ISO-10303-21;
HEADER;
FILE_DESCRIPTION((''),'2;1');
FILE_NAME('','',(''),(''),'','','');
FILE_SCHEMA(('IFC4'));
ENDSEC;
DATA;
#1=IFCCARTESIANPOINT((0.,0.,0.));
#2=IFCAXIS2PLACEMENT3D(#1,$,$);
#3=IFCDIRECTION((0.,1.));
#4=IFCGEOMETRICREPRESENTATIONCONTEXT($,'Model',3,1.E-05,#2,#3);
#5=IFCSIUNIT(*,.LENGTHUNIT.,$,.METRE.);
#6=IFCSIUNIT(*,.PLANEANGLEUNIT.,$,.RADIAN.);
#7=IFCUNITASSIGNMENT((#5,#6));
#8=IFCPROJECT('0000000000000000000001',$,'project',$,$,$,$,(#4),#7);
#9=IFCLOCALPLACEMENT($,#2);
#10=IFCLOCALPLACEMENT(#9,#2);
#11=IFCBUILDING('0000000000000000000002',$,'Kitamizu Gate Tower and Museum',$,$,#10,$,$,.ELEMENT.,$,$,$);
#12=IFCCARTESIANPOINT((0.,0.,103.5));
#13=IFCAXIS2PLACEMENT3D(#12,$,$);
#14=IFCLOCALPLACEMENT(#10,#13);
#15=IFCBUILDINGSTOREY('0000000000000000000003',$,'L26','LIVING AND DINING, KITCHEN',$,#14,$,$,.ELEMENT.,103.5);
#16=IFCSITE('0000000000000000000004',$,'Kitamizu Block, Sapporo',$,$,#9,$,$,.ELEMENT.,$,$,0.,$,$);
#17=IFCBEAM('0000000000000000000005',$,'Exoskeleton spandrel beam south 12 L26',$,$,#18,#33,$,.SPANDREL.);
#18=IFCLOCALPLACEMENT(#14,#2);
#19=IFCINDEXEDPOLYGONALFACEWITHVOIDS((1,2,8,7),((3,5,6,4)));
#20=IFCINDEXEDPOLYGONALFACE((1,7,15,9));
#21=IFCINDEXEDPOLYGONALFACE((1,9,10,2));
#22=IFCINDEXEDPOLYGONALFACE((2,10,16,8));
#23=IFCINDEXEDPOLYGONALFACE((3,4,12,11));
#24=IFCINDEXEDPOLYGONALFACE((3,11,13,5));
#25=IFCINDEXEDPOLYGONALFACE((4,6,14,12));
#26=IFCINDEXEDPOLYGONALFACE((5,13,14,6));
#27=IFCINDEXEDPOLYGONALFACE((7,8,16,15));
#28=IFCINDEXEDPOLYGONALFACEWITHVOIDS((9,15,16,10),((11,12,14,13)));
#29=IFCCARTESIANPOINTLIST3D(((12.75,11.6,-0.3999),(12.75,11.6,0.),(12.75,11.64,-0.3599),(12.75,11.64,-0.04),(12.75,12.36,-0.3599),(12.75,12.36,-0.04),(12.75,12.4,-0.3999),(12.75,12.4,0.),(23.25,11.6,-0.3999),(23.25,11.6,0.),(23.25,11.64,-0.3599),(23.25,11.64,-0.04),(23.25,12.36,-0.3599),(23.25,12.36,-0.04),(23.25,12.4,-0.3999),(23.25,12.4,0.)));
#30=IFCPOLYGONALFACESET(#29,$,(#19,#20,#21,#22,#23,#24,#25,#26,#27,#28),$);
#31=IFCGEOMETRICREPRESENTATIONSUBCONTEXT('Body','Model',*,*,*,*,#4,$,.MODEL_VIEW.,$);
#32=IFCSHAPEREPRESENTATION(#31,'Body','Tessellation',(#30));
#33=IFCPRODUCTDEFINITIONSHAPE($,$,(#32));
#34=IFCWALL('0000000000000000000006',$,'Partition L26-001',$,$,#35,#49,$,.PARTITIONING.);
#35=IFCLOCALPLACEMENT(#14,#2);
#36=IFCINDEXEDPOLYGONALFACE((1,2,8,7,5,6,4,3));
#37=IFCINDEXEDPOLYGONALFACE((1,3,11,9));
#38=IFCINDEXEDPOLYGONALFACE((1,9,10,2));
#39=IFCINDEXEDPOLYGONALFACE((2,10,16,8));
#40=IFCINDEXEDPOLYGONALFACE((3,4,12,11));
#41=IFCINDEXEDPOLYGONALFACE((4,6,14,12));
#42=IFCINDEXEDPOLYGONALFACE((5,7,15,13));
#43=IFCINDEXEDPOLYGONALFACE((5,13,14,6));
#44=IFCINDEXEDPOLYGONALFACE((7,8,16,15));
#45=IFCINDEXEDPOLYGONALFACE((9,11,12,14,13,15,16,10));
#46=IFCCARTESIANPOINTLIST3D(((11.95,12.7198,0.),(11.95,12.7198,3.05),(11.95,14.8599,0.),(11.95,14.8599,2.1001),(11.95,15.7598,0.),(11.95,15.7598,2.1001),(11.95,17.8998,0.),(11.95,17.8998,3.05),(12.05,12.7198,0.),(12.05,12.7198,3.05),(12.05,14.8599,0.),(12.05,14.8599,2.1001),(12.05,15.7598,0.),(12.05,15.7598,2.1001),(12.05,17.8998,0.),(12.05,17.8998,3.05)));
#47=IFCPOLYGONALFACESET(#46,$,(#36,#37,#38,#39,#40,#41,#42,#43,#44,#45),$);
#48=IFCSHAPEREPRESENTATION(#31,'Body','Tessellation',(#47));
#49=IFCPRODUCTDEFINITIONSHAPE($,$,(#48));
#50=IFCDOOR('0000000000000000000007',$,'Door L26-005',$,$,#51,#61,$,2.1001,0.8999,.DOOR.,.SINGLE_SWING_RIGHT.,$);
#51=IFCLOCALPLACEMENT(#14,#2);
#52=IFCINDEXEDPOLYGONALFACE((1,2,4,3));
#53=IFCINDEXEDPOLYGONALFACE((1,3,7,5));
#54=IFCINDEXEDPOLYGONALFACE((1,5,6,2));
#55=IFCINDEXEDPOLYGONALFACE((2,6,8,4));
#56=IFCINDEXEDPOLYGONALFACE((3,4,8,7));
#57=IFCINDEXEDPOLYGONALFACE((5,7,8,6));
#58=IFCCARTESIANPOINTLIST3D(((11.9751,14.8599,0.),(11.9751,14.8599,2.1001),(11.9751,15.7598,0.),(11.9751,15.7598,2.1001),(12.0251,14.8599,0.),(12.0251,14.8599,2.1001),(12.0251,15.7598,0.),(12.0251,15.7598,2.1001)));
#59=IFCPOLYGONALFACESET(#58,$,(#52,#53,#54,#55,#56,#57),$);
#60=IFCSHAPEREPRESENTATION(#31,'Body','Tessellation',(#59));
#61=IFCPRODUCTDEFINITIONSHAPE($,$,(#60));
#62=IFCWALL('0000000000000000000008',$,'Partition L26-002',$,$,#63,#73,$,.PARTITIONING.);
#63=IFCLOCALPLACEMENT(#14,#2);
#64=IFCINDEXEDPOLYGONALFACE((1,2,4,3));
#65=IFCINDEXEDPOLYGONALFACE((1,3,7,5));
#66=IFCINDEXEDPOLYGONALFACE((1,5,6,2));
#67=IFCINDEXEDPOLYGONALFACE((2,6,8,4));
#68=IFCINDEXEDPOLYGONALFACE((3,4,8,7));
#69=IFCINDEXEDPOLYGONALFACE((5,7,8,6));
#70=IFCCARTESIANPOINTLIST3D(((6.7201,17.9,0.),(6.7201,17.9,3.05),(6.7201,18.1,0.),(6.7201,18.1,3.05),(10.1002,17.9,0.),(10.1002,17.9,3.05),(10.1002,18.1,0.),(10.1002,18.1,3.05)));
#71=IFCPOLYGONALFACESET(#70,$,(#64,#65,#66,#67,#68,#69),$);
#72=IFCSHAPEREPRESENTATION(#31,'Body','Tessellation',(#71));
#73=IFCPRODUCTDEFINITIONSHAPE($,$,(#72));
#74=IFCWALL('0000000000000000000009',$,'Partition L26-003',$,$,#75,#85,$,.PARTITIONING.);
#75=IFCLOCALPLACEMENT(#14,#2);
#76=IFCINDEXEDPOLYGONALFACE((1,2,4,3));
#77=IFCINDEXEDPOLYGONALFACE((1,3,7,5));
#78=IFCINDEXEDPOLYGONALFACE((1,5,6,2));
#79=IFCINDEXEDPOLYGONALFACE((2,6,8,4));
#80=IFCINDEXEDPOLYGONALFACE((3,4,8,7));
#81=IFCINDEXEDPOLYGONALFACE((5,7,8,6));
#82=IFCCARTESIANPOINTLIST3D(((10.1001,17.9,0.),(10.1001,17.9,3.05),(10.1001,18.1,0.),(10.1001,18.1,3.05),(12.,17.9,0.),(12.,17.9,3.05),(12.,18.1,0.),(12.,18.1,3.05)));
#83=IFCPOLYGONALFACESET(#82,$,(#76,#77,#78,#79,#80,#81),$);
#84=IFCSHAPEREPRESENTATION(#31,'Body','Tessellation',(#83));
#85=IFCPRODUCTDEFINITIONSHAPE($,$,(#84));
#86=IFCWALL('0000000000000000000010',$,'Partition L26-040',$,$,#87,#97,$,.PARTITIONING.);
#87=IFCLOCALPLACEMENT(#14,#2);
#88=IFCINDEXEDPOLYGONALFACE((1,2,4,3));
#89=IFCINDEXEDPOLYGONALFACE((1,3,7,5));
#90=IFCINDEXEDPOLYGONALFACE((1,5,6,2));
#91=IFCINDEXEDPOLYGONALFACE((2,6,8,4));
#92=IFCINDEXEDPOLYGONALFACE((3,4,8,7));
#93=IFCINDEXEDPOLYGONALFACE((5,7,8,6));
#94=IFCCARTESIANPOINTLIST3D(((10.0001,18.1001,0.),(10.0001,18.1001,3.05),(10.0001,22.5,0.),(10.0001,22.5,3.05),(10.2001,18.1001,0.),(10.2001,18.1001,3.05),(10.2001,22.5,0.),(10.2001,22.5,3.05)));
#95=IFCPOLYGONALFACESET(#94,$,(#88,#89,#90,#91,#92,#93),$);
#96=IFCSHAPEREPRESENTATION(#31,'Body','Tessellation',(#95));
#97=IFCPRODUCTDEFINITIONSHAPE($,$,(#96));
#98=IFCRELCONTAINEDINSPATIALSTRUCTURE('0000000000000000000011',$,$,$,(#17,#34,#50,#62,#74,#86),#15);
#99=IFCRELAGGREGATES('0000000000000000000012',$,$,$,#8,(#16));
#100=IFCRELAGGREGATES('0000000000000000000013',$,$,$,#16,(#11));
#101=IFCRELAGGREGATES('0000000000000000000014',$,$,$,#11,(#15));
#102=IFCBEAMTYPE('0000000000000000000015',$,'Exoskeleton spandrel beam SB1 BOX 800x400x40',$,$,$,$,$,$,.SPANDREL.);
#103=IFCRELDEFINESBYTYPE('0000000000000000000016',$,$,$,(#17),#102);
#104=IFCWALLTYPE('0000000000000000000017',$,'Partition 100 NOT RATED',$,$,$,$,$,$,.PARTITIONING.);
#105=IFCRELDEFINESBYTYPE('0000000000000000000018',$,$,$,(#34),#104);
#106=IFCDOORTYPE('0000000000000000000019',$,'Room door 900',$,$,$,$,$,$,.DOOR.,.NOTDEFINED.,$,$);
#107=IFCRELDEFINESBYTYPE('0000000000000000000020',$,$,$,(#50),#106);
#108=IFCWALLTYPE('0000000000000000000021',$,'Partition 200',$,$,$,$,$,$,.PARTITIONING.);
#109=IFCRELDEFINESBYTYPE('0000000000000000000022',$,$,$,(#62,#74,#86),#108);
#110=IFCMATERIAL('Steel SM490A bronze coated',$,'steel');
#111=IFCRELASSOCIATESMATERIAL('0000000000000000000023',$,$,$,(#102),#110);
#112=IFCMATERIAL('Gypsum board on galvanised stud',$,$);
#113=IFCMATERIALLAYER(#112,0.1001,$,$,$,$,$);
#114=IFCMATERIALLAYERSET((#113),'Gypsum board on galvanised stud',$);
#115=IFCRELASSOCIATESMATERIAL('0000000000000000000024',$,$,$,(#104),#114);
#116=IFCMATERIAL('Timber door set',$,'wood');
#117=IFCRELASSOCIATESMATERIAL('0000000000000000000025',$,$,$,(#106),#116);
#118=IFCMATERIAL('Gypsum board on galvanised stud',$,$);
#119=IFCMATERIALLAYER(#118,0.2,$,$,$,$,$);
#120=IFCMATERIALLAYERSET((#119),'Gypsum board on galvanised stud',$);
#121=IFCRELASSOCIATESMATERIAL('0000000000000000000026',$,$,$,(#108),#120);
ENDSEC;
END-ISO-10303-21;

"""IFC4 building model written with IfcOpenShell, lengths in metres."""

from ifc_helpers import new_model, si_unit, direction, frame, frame_2d, origin, origin_2d, place, context, subcontext, project, spatial, rectangle, hollow_rectangle, extrude, material, layer, layer_set, material_profile, profile_set, type_object, element, fill, save


model = new_model("IFC4")

# Units and contexts
model_context = context("Model", 3, precision=1e-05, world=origin(), true_north=direction((0.0, 1.0)))
body_context = subcontext(model_context, "Body", "Model", "MODEL_VIEW")
ifc_project = project(units=[si_unit("LENGTHUNIT", "METRE"), si_unit("PLANEANGLEUNIT", "RADIAN")], contexts=[model_context])

# Site, building, storey
site_placement = place(None, origin())
site = spatial("IfcSite", under=ifc_project, at=site_placement, Name="Kitamizu Block, Sapporo", CompositionType="ELEMENT", RefElevation=0.0)
building_placement = place(site_placement, origin())
building = spatial("IfcBuilding", under=site, at=building_placement, Name="Kitamizu Gate Tower and Museum", CompositionType="ELEMENT")
storey_placement = place(building_placement, frame((0.0, 0.0, 103.5)))
storey = spatial("IfcBuildingStorey", under=building, at=storey_placement, Name="L26", Description="LIVING AND DINING, KITCHEN", CompositionType="ELEMENT", Elevation=103.5)

# Beam
ifc_material_1 = material(Name="Steel SM490A bronze coated", Category="steel")
ifc_material_profile = material_profile(ifc_material_1, hollow_rectangle(XDim=0.8, YDim=0.3999, WallThickness=0.04, at=origin_2d()), Name="BOX 800x400x40")
ifc_profile_set = profile_set([ifc_material_profile], Name="Steel SM490A bronze coated")
beam_type = type_object("IfcBeamType", Name="Exoskeleton spandrel beam SB1 BOX 800x400x40", PredefinedType="SPANDREL", material=ifc_profile_set)
beam_placement = place(storey_placement, frame((12.75, 12.0, -0.2), z_axis=(1.0, 0.0, 0.0), x_axis=(0.0, 1.0, 0.0)))
element("IfcBeam", 1, at=beam_placement, inside=storey, type_object=beam_type, Name="Exoskeleton spandrel beam south 12 L26", PredefinedType="SPANDREL", context=body_context, shape_type="SweptSolid", body=[
    extrude(hollow_rectangle(XDim=0.8, YDim=0.3999, WallThickness=0.04, at=origin_2d()), origin(), (0.0, 0.0, 1.0), 10.5),
])

# Wall, opening, door
ifc_material_2 = material(Name="Gypsum board on galvanised stud")
ifc_layer_1 = layer(ifc_material_2, 0.1001)
ifc_layer_set_1 = layer_set([ifc_layer_1], Name="Gypsum board on galvanised stud")
wall_type_1 = type_object("IfcWallType", Name="Partition 100 NOT RATED", PredefinedType="PARTITIONING", material=ifc_layer_set_1)
wall_1_placement = place(storey_placement, frame((12.0, 12.72, 0.0), z_axis=(0.0, 0.0, 1.0), x_axis=(0.0, 1.0, 0.0)))
wall_1 = element("IfcWall", 2, at=wall_1_placement, inside=storey, type_object=wall_type_1, Name="Partition L26-001", PredefinedType="PARTITIONING", context=body_context, shape_type="SweptSolid", body=[
    extrude(rectangle(XDim=5.1799, YDim=0.1001, at=frame_2d((2.5898, 0.0))), origin(), (0.0, 0.0, 1.0), 3.05),
])
opening_placement = place(wall_1_placement, frame((2.1399, 0.0, 0.0)))
opening = element("IfcOpeningElement", 3, at=opening_placement, cuts=wall_1, PredefinedType="OPENING", context=body_context, shape_type="SweptSolid", body=[
    extrude(rectangle(XDim=0.8999, YDim=2.1001, at=frame_2d((0.45, 1.05))), frame((0.0, 0.0601, 0.0), z_axis=(0.0, -1.0, 0.0), x_axis=(1.0, 0.0, 0.0)), (0.0, 0.0, 1.0), 0.1201),
])
ifc_material_3 = material(Name="Timber door set", Category="wood")
door_type = type_object("IfcDoorType", Name="Room door 900", OperationType="NOTDEFINED", PredefinedType="DOOR", material=ifc_material_3)
door_placement = place(opening_placement, origin())
door = element("IfcDoor", 4, at=door_placement, inside=storey, type_object=door_type, Name="Door L26-005", OperationType="SINGLE_SWING_RIGHT", OverallHeight=2.1001, OverallWidth=0.8999, PredefinedType="DOOR", context=body_context, shape_type="SweptSolid", body=[
    extrude(rectangle(XDim=0.8999, YDim=2.1001, at=frame_2d((0.45, 1.05))), frame((0.0, 0.0249, 0.0), z_axis=(0.0, -1.0, 0.0), x_axis=(1.0, 0.0, 0.0)), (0.0, 0.0, 1.0), 0.05),
])
fill(opening, door)

# Walls
ifc_material_4 = material(Name="Gypsum board on galvanised stud")
ifc_layer_2 = layer(ifc_material_4, 0.2)
ifc_layer_set_2 = layer_set([ifc_layer_2], Name="Gypsum board on galvanised stud")
wall_type_2 = type_object("IfcWallType", Name="Partition 200", PredefinedType="PARTITIONING", material=ifc_layer_set_2)
wall_2_placement = place(storey_placement, frame((10.1001, 18.0, 0.0), z_axis=(0.0, 0.0, 1.0), x_axis=(-1.0, 0.0, 0.0)))
element("IfcWall", 5, at=wall_2_placement, inside=storey, type_object=wall_type_2, Name="Partition L26-002", PredefinedType="PARTITIONING", context=body_context, shape_type="SweptSolid", body=[
    extrude(rectangle(XDim=3.3801, YDim=0.2, at=frame_2d((1.6899, 0.0))), origin(), (0.0, 0.0, 1.0), 3.05),
])
wall_3_placement = place(storey_placement, frame((12.0, 18.0, 0.0), z_axis=(0.0, 0.0, 1.0), x_axis=(-1.0, 0.0, 0.0)))
element("IfcWall", 6, at=wall_3_placement, inside=storey, type_object=wall_type_2, Name="Partition L26-003", PredefinedType="PARTITIONING", context=body_context, shape_type="SweptSolid", body=[
    extrude(rectangle(XDim=1.8999, YDim=0.2, at=frame_2d((0.95, 0.0))), origin(), (0.0, 0.0, 1.0), 3.05),
])
wall_4_placement = place(storey_placement, frame((10.1001, 18.1001, 0.0), z_axis=(0.0, 0.0, 1.0), x_axis=(0.0, 1.0, 0.0)))
element("IfcWall", 7, at=wall_4_placement, inside=storey, type_object=wall_type_2, Name="Partition L26-040", PredefinedType="PARTITIONING", context=body_context, shape_type="SweptSolid", body=[
    extrude(rectangle(XDim=4.3999, YDim=0.2, at=frame_2d((2.2, 0.0))), origin(), (0.0, 0.0, 1.0), 3.05),
])

save(model, "model.ifc")
